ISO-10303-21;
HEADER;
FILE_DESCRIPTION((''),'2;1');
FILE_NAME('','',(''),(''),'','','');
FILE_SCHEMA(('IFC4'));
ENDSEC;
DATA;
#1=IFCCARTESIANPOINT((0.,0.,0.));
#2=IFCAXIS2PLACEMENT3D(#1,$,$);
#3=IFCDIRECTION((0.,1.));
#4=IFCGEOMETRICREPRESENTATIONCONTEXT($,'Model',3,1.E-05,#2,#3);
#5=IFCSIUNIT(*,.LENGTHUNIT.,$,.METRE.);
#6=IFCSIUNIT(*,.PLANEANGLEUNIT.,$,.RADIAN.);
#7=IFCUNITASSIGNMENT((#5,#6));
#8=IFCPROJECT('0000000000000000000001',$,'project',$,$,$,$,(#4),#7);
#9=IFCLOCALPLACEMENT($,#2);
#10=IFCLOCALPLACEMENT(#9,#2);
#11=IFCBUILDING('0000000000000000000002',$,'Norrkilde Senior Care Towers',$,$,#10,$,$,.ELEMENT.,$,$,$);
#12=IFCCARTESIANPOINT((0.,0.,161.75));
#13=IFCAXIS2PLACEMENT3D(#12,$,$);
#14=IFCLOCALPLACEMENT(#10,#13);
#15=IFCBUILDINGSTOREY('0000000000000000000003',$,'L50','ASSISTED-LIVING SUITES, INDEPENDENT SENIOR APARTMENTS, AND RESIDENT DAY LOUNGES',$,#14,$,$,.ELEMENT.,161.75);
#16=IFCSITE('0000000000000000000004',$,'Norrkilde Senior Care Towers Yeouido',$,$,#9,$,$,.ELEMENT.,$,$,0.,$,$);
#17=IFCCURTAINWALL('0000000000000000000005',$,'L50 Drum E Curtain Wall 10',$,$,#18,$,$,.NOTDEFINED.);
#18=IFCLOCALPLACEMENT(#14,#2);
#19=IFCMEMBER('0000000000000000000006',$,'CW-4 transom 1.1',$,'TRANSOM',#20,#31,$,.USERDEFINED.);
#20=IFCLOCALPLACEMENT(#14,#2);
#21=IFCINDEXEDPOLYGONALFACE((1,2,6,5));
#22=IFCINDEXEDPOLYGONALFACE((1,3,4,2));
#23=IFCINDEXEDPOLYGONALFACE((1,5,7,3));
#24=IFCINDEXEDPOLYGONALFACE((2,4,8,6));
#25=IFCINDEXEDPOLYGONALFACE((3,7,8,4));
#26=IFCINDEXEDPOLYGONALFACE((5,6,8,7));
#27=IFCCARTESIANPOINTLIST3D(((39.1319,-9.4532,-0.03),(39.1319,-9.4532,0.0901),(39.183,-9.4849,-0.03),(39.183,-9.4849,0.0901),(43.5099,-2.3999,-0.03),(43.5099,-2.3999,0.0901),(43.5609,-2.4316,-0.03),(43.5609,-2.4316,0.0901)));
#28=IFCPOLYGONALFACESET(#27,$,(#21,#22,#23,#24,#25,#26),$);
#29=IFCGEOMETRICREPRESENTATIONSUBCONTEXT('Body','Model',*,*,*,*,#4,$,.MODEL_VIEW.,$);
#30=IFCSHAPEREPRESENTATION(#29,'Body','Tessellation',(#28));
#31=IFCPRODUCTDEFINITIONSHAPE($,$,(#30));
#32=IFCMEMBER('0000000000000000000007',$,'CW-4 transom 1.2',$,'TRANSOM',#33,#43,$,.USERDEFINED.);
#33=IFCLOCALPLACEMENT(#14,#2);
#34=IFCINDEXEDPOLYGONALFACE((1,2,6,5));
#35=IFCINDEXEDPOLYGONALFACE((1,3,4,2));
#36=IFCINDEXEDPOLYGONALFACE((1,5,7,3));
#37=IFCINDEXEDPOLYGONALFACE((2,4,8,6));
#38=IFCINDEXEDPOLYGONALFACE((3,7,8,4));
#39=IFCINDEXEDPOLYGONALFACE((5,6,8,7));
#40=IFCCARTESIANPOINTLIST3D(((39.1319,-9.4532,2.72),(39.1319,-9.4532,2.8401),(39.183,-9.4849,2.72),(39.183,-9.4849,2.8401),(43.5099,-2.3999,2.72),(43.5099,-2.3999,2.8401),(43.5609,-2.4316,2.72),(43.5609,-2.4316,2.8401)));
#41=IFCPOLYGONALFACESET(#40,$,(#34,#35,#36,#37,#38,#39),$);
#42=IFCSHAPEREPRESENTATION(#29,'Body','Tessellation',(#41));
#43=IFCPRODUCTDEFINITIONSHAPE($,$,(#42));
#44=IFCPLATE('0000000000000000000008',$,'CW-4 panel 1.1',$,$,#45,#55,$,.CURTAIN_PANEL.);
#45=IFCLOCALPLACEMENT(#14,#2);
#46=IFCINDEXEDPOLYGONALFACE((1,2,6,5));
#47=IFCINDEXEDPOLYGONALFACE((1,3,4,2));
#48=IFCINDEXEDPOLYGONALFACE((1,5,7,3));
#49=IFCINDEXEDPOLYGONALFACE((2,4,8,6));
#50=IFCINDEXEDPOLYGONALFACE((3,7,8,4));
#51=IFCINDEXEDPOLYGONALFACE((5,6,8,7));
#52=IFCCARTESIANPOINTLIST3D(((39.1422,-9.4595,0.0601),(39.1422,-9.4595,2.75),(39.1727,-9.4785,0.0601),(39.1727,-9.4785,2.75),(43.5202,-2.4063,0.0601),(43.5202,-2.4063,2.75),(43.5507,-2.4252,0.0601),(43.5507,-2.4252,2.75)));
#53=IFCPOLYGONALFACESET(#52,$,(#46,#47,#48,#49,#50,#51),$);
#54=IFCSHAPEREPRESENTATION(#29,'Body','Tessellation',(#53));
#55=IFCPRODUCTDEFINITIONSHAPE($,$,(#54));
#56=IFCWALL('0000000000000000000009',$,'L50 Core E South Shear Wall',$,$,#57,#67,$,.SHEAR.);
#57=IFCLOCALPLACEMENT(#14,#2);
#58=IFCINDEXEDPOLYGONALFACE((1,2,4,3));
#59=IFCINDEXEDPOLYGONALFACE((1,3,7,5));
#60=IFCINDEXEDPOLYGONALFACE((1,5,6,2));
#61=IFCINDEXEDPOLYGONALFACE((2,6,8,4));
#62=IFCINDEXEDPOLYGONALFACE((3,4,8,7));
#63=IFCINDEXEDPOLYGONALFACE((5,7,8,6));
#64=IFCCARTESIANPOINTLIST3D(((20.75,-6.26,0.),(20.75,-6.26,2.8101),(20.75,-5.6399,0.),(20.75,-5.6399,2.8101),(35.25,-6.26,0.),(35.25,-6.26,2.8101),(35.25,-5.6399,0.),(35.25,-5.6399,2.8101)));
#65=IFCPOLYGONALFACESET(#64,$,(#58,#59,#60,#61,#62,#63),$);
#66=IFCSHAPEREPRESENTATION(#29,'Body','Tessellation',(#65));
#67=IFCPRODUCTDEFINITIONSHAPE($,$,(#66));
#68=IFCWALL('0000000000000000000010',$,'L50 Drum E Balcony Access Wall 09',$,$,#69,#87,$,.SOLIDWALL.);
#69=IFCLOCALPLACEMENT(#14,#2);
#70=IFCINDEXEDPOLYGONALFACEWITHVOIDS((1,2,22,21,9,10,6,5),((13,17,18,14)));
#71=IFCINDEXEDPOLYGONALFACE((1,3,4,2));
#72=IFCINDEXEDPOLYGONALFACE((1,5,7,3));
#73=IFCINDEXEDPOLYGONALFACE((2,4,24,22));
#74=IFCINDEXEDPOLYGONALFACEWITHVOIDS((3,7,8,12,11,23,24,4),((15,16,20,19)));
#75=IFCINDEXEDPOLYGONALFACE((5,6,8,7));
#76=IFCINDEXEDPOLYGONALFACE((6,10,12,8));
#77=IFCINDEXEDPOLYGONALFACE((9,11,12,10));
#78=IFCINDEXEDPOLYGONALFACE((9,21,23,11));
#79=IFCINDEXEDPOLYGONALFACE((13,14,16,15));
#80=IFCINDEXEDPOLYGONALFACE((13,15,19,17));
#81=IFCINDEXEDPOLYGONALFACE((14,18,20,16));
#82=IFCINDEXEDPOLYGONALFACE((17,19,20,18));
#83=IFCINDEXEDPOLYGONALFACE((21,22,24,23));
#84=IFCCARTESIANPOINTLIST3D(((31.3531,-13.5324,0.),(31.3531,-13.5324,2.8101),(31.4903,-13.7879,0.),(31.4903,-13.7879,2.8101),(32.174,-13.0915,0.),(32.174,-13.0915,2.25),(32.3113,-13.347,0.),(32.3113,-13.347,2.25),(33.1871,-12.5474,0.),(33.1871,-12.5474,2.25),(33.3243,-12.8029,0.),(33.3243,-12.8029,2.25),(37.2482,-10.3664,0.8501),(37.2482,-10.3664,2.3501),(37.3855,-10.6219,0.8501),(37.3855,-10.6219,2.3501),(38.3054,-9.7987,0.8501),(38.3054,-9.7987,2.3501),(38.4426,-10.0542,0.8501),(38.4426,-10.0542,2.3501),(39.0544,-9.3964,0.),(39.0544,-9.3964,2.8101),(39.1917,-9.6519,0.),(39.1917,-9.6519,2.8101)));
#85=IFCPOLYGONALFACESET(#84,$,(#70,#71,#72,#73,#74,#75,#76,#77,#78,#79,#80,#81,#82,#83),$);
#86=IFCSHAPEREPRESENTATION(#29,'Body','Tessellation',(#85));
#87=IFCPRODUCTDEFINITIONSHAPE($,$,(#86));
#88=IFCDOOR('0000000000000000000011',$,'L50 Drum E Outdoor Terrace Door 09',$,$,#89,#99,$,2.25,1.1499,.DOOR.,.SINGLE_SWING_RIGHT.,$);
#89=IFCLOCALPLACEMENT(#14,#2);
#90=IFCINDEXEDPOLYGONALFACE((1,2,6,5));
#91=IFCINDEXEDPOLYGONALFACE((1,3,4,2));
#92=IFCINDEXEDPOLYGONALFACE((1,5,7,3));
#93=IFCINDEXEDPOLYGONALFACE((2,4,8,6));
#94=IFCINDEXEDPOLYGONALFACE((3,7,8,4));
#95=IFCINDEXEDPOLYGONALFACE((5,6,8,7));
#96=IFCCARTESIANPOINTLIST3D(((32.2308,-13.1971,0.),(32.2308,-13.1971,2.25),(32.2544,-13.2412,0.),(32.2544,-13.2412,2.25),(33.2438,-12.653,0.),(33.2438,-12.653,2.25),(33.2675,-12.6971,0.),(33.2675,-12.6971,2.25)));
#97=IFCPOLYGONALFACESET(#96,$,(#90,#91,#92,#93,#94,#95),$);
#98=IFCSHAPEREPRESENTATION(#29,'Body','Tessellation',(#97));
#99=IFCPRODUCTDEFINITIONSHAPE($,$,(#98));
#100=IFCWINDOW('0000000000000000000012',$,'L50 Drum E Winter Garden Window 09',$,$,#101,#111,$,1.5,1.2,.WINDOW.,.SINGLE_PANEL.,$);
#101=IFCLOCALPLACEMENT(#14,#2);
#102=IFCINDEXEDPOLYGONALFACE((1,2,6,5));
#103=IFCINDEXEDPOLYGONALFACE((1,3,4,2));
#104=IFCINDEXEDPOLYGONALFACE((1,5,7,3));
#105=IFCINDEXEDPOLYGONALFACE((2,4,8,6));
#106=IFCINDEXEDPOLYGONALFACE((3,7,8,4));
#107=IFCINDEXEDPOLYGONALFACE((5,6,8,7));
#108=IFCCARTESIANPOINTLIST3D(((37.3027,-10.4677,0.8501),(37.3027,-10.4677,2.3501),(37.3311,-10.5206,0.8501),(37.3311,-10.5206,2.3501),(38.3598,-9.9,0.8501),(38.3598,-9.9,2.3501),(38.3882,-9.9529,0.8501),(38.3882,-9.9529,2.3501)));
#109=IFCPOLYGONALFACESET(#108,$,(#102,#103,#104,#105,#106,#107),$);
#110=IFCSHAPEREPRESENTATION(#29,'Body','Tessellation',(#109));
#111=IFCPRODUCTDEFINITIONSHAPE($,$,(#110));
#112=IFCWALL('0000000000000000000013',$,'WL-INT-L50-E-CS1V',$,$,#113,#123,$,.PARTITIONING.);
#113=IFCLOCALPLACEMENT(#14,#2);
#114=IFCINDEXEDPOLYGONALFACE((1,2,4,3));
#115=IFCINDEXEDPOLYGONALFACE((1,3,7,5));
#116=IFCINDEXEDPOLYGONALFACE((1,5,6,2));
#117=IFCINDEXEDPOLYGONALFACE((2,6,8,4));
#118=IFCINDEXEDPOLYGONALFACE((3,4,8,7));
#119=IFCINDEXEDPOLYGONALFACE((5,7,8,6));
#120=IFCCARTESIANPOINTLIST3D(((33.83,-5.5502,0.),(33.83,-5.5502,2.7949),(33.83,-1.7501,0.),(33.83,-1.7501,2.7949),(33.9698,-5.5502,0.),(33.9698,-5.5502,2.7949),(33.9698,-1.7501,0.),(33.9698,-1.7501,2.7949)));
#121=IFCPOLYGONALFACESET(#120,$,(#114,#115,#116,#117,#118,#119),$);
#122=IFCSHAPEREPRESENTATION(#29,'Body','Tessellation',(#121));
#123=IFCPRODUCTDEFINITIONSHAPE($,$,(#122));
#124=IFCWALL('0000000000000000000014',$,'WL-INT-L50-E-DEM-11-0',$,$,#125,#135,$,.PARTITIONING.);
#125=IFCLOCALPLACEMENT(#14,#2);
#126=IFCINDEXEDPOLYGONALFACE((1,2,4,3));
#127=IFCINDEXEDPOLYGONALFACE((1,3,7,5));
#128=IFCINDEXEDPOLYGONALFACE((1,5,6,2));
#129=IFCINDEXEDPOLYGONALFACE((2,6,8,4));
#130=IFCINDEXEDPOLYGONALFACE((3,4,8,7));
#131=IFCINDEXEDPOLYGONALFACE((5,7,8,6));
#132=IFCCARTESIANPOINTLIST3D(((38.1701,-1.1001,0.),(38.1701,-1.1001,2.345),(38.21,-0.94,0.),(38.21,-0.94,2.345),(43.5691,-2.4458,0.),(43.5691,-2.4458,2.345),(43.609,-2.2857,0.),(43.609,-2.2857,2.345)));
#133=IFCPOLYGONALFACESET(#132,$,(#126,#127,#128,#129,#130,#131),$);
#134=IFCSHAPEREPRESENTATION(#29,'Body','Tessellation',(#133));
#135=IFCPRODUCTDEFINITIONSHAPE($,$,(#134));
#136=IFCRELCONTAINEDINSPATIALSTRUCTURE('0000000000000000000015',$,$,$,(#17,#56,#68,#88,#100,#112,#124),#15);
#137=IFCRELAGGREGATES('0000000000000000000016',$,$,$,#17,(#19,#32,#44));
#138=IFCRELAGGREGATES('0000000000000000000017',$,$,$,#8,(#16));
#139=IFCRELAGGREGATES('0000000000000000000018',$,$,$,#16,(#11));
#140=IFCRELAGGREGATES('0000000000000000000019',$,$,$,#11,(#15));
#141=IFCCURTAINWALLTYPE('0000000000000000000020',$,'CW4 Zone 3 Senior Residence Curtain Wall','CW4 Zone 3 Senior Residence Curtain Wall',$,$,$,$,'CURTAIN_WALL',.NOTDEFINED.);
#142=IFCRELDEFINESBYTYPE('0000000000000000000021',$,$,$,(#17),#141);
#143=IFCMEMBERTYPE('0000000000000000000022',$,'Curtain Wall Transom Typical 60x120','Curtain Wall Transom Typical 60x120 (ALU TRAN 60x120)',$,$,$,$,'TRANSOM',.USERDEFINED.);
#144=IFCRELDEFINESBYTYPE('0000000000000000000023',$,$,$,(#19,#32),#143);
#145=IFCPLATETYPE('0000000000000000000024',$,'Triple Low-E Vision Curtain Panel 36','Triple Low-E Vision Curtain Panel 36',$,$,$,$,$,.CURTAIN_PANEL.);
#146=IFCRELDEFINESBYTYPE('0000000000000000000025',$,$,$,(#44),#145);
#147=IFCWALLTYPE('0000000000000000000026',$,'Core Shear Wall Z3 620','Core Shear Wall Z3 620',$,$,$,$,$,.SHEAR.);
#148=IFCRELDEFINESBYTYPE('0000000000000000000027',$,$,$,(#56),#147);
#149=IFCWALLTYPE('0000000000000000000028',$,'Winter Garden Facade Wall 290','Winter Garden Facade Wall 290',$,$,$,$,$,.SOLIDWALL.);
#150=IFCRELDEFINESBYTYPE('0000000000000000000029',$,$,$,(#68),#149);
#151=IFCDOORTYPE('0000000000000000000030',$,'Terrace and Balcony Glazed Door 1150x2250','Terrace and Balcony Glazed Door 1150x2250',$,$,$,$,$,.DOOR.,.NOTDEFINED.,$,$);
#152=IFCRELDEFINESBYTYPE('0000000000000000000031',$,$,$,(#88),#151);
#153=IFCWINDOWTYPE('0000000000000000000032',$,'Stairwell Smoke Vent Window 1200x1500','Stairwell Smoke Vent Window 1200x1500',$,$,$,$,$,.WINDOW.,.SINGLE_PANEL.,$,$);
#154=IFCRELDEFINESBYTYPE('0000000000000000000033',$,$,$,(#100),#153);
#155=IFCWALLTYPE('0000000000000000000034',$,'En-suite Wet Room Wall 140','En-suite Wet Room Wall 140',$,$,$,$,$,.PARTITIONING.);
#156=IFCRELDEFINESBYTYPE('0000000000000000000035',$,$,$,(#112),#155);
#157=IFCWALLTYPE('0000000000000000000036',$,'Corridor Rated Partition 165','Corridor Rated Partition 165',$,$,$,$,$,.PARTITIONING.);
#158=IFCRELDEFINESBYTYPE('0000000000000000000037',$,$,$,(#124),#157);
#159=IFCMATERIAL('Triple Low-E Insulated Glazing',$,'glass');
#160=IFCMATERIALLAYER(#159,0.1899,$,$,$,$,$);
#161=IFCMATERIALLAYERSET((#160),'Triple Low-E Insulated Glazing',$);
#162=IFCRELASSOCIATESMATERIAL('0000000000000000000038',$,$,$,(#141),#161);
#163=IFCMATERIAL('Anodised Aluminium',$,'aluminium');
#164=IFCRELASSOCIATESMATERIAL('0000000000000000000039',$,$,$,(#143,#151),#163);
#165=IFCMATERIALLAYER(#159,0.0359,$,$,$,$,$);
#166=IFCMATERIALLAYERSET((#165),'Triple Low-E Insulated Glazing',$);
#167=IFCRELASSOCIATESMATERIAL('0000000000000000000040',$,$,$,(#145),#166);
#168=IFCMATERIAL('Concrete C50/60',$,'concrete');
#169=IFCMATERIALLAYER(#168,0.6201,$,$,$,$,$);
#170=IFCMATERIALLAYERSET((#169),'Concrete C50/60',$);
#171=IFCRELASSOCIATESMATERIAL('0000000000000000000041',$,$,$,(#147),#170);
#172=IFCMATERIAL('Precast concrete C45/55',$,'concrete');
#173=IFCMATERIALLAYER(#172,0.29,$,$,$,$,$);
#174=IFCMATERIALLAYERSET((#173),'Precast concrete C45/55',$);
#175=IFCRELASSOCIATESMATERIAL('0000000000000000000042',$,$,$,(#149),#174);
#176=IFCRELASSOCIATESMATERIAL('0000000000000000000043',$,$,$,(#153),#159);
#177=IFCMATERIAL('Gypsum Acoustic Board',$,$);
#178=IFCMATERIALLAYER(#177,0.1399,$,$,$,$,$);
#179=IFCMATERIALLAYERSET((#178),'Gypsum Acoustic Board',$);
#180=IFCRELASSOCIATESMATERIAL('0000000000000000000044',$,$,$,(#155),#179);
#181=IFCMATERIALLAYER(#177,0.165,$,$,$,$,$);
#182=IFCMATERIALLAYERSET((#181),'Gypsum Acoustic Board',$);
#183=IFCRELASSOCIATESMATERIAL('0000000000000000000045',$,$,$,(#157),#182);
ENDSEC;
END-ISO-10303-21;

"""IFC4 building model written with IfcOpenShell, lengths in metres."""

from ifc_helpers import new_model, si_unit, direction, frame, frame_2d, origin, origin_2d, place, context, subcontext, project, spatial, rectangle, extrude, source, transform, mapped, material, layer, layer_set, material_profile, profile_set, type_object, type_shapes, element, fill, aggregate, save


model = new_model("IFC4")

# Units and contexts
model_context = context("Model", 3, precision=1e-05, world=origin(), true_north=direction((0.0, 1.0)))
body_context = subcontext(model_context, "Body", "Model", "MODEL_VIEW")
ifc_project = project(units=[si_unit("LENGTHUNIT", "METRE"), si_unit("PLANEANGLEUNIT", "RADIAN")], contexts=[model_context])

# Site, building, storey
site_placement = place(None, origin())
site = spatial("IfcSite", under=ifc_project, at=site_placement, Name="Norrkilde Senior Care Towers Yeouido", CompositionType="ELEMENT", RefElevation=0.0)
building_placement = place(site_placement, origin())
building = spatial("IfcBuilding", under=site, at=building_placement, Name="Norrkilde Senior Care Towers", CompositionType="ELEMENT")
storey_placement = place(building_placement, frame((0.0, 0.0, 161.75)))
storey = spatial("IfcBuildingStorey", under=building, at=storey_placement, Name="L50", Description="ASSISTED-LIVING SUITES, INDEPENDENT SENIOR APARTMENTS, AND RESIDENT DAY LOUNGES", CompositionType="ELEMENT", Elevation=161.75)

# Shared definitions
ifc_material_1 = material(Name="Concrete C50/60", Category="concrete")

# Curtain wall
ifc_material_2 = material(Name="Triple Low-E Insulated Glazing", Category="glass")
ifc_layer_1 = layer(ifc_material_2, 0.1899)
ifc_layer_set_1 = layer_set([ifc_layer_1], Name="Triple Low-E Insulated Glazing")
curtain_wall_type = type_object("IfcCurtainWallType", Name="CW4 Zone 3 Senior Residence Curtain Wall", Description="CW4 Zone 3 Senior Residence Curtain Wall", ElementType="CURTAIN_WALL", PredefinedType="NOTDEFINED", material=ifc_layer_set_1)
curtain_wall_1_placement = place(storey_placement, origin())
curtain_wall_1 = element("IfcCurtainWall", 1, at=curtain_wall_1_placement, inside=storey, type_object=curtain_wall_type, Name="L50 Drum E Curtain Wall 10", PredefinedType="NOTDEFINED")
ifc_material_3 = material(Name="Anodised Aluminium", Category="aluminium")

# Members
ifc_material_profile_1 = material_profile(ifc_material_3, rectangle(XDim=0.0601, YDim=0.1201, at=origin_2d()), Name="ALU TRAN 60x120")
ifc_profile_set_1 = profile_set([ifc_material_profile_1], Name="Anodised Aluminium")
member_type_1 = type_object("IfcMemberType", Name="Curtain Wall Transom Typical 60x120", Description="Curtain Wall Transom Typical 60x120 (ALU TRAN 60x120)", ElementType="TRANSOM", PredefinedType="USERDEFINED", material=ifc_profile_set_1)
shared_shape_1 = source(origin(), body_context, "Body", "SweptSolid", [
    extrude(rectangle(XDim=0.0601, YDim=0.1201, at=origin_2d()), origin(), (0.0, 0.0, 1.0), 8.3015),
])
type_shapes(member_type_1, [shared_shape_1])
member_1_placement = place(storey_placement, frame((43.5354, -2.4158, 0.03), z_axis=(-0.527369, -0.849637, 0.0), x_axis=(0.849637, -0.527369, 0.0)))
member_1 = element("IfcMember", 2, at=member_1_placement, type_object=member_type_1, Name="CW-4 transom 1.1", ObjectType="TRANSOM", PredefinedType="USERDEFINED", context=body_context, shape_type="MappedRepresentation", body=[
    mapped(shared_shape_1, transform((0.0, 0.0, 0.0), x_axis=(1.0, 0.0, 0.0), y_axis=(0.0, 1.0, 0.0), z_axis=(0.0, 0.0, 1.0), scale=1.0)),
])
member_2_placement = place(storey_placement, frame((43.5354, -2.4158, 2.78), z_axis=(-0.527369, -0.849637, 0.0), x_axis=(0.849637, -0.527369, 0.0)))
member_2 = element("IfcMember", 3, at=member_2_placement, type_object=member_type_1, Name="CW-4 transom 1.2", ObjectType="TRANSOM", PredefinedType="USERDEFINED", context=body_context, shape_type="MappedRepresentation", body=[
    mapped(shared_shape_1, transform((0.0, 0.0, 0.0), x_axis=(1.0, 0.0, 0.0), y_axis=(0.0, 1.0, 0.0), z_axis=(0.0, 0.0, 1.0), scale=1.0)),
])

# Plate
ifc_layer_2 = layer(ifc_material_2, 0.0359)
ifc_layer_set_2 = layer_set([ifc_layer_2], Name="Triple Low-E Insulated Glazing")
plate_type = type_object("IfcPlateType", Name="Triple Low-E Vision Curtain Panel 36", Description="Triple Low-E Vision Curtain Panel 36", PredefinedType="CURTAIN_PANEL", material=ifc_layer_set_2)
shared_shape_2 = source(origin(), body_context, "Body", "SweptSolid", [
    extrude(rectangle(XDim=8.3015, YDim=0.0359, at=origin_2d()), origin(), (0.0, 0.0, 1.0), 2.6899),
])
type_shapes(plate_type, [shared_shape_2])
plate_placement = place(storey_placement, frame((41.3464, -5.9424, 0.0601), z_axis=(0.0, 0.0, 1.0), x_axis=(-0.527373, -0.849634, 0.0)))
plate = element("IfcPlate", 4, at=plate_placement, type_object=plate_type, Name="CW-4 panel 1.1", PredefinedType="CURTAIN_PANEL", context=body_context, shape_type="MappedRepresentation", body=[
    mapped(shared_shape_2, transform((0.0, 0.0, 0.0), x_axis=(1.0, 0.0, 0.0), y_axis=(0.0, 1.0, 0.0), z_axis=(0.0, 0.0, 1.0), scale=1.0)),
])
aggregate(curtain_wall_1, [member_1, member_2, plate])

# Wall
ifc_layer_3 = layer(ifc_material_1, 0.6201)
ifc_layer_set_3 = layer_set([ifc_layer_3], Name="Concrete C50/60")
wall_type_1 = type_object("IfcWallType", Name="Core Shear Wall Z3 620", Description="Core Shear Wall Z3 620", PredefinedType="SHEAR", material=ifc_layer_set_3)
shared_shape_3 = source(origin(), body_context, "Body", "SweptSolid", [
    extrude(rectangle(XDim=14.5, YDim=0.6201, at=frame_2d((7.25, 0.0))), origin(), (0.0, 0.0, 1.0), 2.8101),
])
type_shapes(wall_type_1, [shared_shape_3])
wall_1_placement = place(storey_placement, frame((35.25, -5.95, 0.0), z_axis=(0.0, 0.0, 1.0), x_axis=(-1.0, 0.0, 0.0)))
element("IfcWall", 5, at=wall_1_placement, inside=storey, type_object=wall_type_1, Name="L50 Core E South Shear Wall", PredefinedType="SHEAR", context=body_context, shape_type="MappedRepresentation", body=[
    mapped(shared_shape_3, transform((0.0, 0.0, 0.0), x_axis=(1.0, 0.0, 0.0), y_axis=(0.0, 1.0, 0.0), z_axis=(0.0, 0.0, 1.0), scale=1.0)),
])

# Wall, openings, door, window
ifc_material_4 = material(Name="Precast concrete C45/55", Category="concrete")
ifc_layer_4 = layer(ifc_material_4, 0.29)
ifc_layer_set_4 = layer_set([ifc_layer_4], Name="Precast concrete C45/55")
wall_type_2 = type_object("IfcWallType", Name="Winter Garden Facade Wall 290", Description="Winter Garden Facade Wall 290", PredefinedType="SOLIDWALL", material=ifc_layer_set_4)
shared_shape_4 = source(origin(), body_context, "Body", "SweptSolid", [
    extrude(rectangle(XDim=8.7417, YDim=0.29, at=frame_2d((4.3708, 0.0))), origin(), (0.0, 0.0, 1.0), 2.8101),
])
type_shapes(wall_type_2, [shared_shape_4])
wall_2_placement = place(storey_placement, frame((39.123, -9.5242, 0.0), z_axis=(0.0, 0.0, 1.0), x_axis=(-0.880992, -0.47313, 0.0)))
wall_2 = element("IfcWall", 6, at=wall_2_placement, inside=storey, type_object=wall_type_2, Name="L50 Drum E Balcony Access Wall 09", PredefinedType="SOLIDWALL", context=body_context, shape_type="MappedRepresentation", body=[
    mapped(shared_shape_4, transform((0.0, 0.0, 0.0), x_axis=(1.0, 0.0, 0.0), y_axis=(0.0, 1.0, 0.0), z_axis=(0.0, 0.0, 1.0), scale=1.0)),
])
opening_1_placement = place(wall_2_placement, frame((6.6599, 0.0, 0.0)))
opening_1 = element("IfcOpeningElement", 7, at=opening_1_placement, cuts=wall_2, PredefinedType="OPENING", context=body_context, shape_type="SweptSolid", body=[
    extrude(rectangle(XDim=1.1499, YDim=2.25, at=frame_2d((0.575, 1.125))), frame((0.0, 0.155, 0.0), z_axis=(0.0, -1.0, 0.0), x_axis=(1.0, 0.0, 0.0)), (0.0, 0.0, 1.0), 0.3101),
])
opening_2_placement = place(wall_2_placement, frame((0.8501, 0.0, 0.8501)))
opening_2 = element("IfcOpeningElement", 8, at=opening_2_placement, cuts=wall_2, PredefinedType="OPENING", context=body_context, shape_type="SweptSolid", body=[
    extrude(rectangle(XDim=1.2, YDim=1.5, at=frame_2d((0.6001, 0.75))), frame((0.0, 0.155, 0.0), z_axis=(0.0, -1.0, 0.0), x_axis=(1.0, 0.0, 0.0)), (0.0, 0.0, 1.0), 0.3101),
])
door_type_1 = type_object("IfcDoorType", Name="Terrace and Balcony Glazed Door 1150x2250", Description="Terrace and Balcony Glazed Door 1150x2250", OperationType="NOTDEFINED", PredefinedType="DOOR", material=ifc_material_3)
shared_shape_5 = source(origin(), body_context, "Body", "SweptSolid", [
    extrude(rectangle(XDim=1.1499, YDim=2.25, at=frame_2d((0.575, 1.125))), frame((0.0, 0.0249, 0.0), z_axis=(0.0, -1.0, 0.0), x_axis=(1.0, 0.0, 0.0)), (0.0, 0.0, 1.0), 0.05),
])
type_shapes(door_type_1, [shared_shape_5])
door_1_placement = place(opening_1_placement, origin())
door_1 = element("IfcDoor", 9, at=door_1_placement, inside=storey, type_object=door_type_1, Name="L50 Drum E Outdoor Terrace Door 09", OperationType="SINGLE_SWING_RIGHT", OverallHeight=2.25, OverallWidth=1.1499, PredefinedType="DOOR", context=body_context, shape_type="MappedRepresentation", body=[
    mapped(shared_shape_5, transform((0.0, 0.0, 0.0), x_axis=(1.0, 0.0, 0.0), y_axis=(0.0, 1.0, 0.0), z_axis=(0.0, 0.0, 1.0), scale=1.0)),
])
fill(opening_1, door_1)
window_type = type_object("IfcWindowType", Name="Stairwell Smoke Vent Window 1200x1500", Description="Stairwell Smoke Vent Window 1200x1500", PartitioningType="SINGLE_PANEL", PredefinedType="WINDOW", material=ifc_material_2)
shared_shape_6 = source(origin(), body_context, "Body", "SweptSolid", [
    extrude(rectangle(XDim=1.2, YDim=1.5, at=frame_2d((0.6001, 0.75))), frame((0.0, 0.03, 0.0), z_axis=(0.0, -1.0, 0.0), x_axis=(1.0, 0.0, 0.0)), (0.0, 0.0, 1.0), 0.0601),
])
type_shapes(window_type, [shared_shape_6])
window_placement = place(opening_2_placement, origin())
window = element("IfcWindow", 10, at=window_placement, inside=storey, type_object=window_type, Name="L50 Drum E Winter Garden Window 09", OverallHeight=1.5, OverallWidth=1.2, PartitioningType="SINGLE_PANEL", PredefinedType="WINDOW", context=body_context, shape_type="MappedRepresentation", body=[
    mapped(shared_shape_6, transform((0.0, 0.0, 0.0), x_axis=(1.0, 0.0, 0.0), y_axis=(0.0, 1.0, 0.0), z_axis=(0.0, 0.0, 1.0), scale=1.0)),
])
fill(opening_2, window)

# Walls
ifc_material_5 = material(Name="Gypsum Acoustic Board")
ifc_layer_5 = layer(ifc_material_5, 0.1399)
ifc_layer_set_5 = layer_set([ifc_layer_5], Name="Gypsum Acoustic Board")
wall_type_3 = type_object("IfcWallType", Name="En-suite Wet Room Wall 140", Description="En-suite Wet Room Wall 140", PredefinedType="PARTITIONING", material=ifc_layer_set_5)
shared_shape_7 = source(origin(), body_context, "Body", "SweptSolid", [
    extrude(rectangle(XDim=3.8, YDim=0.1399, at=frame_2d((1.8999, 0.0))), origin(), (0.0, 0.0, 1.0), 2.7949),
])
type_shapes(wall_type_3, [shared_shape_7])
wall_3_placement = place(storey_placement, frame((33.8999, -5.55, 0.0), z_axis=(0.0, 0.0, 1.0), x_axis=(0.0, 1.0, 0.0)))
element("IfcWall", 11, at=wall_3_placement, inside=storey, type_object=wall_type_3, Name="WL-INT-L50-E-CS1V", PredefinedType="PARTITIONING", context=body_context, shape_type="MappedRepresentation", body=[
    mapped(shared_shape_7, transform((0.0, 0.0, 0.0), x_axis=(1.0, 0.0, 0.0), y_axis=(0.0, 1.0, 0.0), z_axis=(0.0, 0.0, 1.0), scale=1.0)),
])
ifc_layer_6 = layer(ifc_material_5, 0.165)
ifc_layer_set_6 = layer_set([ifc_layer_6], Name="Gypsum Acoustic Board")
wall_type_4 = type_object("IfcWallType", Name="Corridor Rated Partition 165", Description="Corridor Rated Partition 165", PredefinedType="PARTITIONING", material=ifc_layer_set_6)
shared_shape_8 = source(origin(), body_context, "Body", "SweptSolid", [
    extrude(rectangle(XDim=5.5642, YDim=0.165, at=frame_2d((2.7822, 0.0))), origin(), (0.0, 0.0, 1.0), 2.345),
])
wall_4_placement = place(storey_placement, frame((38.1899, -1.02, 0.0), z_axis=(0.0, 0.0, 1.0), x_axis=(0.970313, -0.241854, 0.0)))
element("IfcWall", 12, at=wall_4_placement, inside=storey, type_object=wall_type_4, Name="WL-INT-L50-E-DEM-11-0", PredefinedType="PARTITIONING", context=body_context, shape_type="MappedRepresentation", body=[
    mapped(shared_shape_8, transform((0.0, 0.0, 0.0), x_axis=(1.0, 0.0, 0.0), y_axis=(0.0, 1.0, 0.0), z_axis=(0.0, 0.0, 1.0), scale=1.0)),
])

save(model, "model.ifc")
